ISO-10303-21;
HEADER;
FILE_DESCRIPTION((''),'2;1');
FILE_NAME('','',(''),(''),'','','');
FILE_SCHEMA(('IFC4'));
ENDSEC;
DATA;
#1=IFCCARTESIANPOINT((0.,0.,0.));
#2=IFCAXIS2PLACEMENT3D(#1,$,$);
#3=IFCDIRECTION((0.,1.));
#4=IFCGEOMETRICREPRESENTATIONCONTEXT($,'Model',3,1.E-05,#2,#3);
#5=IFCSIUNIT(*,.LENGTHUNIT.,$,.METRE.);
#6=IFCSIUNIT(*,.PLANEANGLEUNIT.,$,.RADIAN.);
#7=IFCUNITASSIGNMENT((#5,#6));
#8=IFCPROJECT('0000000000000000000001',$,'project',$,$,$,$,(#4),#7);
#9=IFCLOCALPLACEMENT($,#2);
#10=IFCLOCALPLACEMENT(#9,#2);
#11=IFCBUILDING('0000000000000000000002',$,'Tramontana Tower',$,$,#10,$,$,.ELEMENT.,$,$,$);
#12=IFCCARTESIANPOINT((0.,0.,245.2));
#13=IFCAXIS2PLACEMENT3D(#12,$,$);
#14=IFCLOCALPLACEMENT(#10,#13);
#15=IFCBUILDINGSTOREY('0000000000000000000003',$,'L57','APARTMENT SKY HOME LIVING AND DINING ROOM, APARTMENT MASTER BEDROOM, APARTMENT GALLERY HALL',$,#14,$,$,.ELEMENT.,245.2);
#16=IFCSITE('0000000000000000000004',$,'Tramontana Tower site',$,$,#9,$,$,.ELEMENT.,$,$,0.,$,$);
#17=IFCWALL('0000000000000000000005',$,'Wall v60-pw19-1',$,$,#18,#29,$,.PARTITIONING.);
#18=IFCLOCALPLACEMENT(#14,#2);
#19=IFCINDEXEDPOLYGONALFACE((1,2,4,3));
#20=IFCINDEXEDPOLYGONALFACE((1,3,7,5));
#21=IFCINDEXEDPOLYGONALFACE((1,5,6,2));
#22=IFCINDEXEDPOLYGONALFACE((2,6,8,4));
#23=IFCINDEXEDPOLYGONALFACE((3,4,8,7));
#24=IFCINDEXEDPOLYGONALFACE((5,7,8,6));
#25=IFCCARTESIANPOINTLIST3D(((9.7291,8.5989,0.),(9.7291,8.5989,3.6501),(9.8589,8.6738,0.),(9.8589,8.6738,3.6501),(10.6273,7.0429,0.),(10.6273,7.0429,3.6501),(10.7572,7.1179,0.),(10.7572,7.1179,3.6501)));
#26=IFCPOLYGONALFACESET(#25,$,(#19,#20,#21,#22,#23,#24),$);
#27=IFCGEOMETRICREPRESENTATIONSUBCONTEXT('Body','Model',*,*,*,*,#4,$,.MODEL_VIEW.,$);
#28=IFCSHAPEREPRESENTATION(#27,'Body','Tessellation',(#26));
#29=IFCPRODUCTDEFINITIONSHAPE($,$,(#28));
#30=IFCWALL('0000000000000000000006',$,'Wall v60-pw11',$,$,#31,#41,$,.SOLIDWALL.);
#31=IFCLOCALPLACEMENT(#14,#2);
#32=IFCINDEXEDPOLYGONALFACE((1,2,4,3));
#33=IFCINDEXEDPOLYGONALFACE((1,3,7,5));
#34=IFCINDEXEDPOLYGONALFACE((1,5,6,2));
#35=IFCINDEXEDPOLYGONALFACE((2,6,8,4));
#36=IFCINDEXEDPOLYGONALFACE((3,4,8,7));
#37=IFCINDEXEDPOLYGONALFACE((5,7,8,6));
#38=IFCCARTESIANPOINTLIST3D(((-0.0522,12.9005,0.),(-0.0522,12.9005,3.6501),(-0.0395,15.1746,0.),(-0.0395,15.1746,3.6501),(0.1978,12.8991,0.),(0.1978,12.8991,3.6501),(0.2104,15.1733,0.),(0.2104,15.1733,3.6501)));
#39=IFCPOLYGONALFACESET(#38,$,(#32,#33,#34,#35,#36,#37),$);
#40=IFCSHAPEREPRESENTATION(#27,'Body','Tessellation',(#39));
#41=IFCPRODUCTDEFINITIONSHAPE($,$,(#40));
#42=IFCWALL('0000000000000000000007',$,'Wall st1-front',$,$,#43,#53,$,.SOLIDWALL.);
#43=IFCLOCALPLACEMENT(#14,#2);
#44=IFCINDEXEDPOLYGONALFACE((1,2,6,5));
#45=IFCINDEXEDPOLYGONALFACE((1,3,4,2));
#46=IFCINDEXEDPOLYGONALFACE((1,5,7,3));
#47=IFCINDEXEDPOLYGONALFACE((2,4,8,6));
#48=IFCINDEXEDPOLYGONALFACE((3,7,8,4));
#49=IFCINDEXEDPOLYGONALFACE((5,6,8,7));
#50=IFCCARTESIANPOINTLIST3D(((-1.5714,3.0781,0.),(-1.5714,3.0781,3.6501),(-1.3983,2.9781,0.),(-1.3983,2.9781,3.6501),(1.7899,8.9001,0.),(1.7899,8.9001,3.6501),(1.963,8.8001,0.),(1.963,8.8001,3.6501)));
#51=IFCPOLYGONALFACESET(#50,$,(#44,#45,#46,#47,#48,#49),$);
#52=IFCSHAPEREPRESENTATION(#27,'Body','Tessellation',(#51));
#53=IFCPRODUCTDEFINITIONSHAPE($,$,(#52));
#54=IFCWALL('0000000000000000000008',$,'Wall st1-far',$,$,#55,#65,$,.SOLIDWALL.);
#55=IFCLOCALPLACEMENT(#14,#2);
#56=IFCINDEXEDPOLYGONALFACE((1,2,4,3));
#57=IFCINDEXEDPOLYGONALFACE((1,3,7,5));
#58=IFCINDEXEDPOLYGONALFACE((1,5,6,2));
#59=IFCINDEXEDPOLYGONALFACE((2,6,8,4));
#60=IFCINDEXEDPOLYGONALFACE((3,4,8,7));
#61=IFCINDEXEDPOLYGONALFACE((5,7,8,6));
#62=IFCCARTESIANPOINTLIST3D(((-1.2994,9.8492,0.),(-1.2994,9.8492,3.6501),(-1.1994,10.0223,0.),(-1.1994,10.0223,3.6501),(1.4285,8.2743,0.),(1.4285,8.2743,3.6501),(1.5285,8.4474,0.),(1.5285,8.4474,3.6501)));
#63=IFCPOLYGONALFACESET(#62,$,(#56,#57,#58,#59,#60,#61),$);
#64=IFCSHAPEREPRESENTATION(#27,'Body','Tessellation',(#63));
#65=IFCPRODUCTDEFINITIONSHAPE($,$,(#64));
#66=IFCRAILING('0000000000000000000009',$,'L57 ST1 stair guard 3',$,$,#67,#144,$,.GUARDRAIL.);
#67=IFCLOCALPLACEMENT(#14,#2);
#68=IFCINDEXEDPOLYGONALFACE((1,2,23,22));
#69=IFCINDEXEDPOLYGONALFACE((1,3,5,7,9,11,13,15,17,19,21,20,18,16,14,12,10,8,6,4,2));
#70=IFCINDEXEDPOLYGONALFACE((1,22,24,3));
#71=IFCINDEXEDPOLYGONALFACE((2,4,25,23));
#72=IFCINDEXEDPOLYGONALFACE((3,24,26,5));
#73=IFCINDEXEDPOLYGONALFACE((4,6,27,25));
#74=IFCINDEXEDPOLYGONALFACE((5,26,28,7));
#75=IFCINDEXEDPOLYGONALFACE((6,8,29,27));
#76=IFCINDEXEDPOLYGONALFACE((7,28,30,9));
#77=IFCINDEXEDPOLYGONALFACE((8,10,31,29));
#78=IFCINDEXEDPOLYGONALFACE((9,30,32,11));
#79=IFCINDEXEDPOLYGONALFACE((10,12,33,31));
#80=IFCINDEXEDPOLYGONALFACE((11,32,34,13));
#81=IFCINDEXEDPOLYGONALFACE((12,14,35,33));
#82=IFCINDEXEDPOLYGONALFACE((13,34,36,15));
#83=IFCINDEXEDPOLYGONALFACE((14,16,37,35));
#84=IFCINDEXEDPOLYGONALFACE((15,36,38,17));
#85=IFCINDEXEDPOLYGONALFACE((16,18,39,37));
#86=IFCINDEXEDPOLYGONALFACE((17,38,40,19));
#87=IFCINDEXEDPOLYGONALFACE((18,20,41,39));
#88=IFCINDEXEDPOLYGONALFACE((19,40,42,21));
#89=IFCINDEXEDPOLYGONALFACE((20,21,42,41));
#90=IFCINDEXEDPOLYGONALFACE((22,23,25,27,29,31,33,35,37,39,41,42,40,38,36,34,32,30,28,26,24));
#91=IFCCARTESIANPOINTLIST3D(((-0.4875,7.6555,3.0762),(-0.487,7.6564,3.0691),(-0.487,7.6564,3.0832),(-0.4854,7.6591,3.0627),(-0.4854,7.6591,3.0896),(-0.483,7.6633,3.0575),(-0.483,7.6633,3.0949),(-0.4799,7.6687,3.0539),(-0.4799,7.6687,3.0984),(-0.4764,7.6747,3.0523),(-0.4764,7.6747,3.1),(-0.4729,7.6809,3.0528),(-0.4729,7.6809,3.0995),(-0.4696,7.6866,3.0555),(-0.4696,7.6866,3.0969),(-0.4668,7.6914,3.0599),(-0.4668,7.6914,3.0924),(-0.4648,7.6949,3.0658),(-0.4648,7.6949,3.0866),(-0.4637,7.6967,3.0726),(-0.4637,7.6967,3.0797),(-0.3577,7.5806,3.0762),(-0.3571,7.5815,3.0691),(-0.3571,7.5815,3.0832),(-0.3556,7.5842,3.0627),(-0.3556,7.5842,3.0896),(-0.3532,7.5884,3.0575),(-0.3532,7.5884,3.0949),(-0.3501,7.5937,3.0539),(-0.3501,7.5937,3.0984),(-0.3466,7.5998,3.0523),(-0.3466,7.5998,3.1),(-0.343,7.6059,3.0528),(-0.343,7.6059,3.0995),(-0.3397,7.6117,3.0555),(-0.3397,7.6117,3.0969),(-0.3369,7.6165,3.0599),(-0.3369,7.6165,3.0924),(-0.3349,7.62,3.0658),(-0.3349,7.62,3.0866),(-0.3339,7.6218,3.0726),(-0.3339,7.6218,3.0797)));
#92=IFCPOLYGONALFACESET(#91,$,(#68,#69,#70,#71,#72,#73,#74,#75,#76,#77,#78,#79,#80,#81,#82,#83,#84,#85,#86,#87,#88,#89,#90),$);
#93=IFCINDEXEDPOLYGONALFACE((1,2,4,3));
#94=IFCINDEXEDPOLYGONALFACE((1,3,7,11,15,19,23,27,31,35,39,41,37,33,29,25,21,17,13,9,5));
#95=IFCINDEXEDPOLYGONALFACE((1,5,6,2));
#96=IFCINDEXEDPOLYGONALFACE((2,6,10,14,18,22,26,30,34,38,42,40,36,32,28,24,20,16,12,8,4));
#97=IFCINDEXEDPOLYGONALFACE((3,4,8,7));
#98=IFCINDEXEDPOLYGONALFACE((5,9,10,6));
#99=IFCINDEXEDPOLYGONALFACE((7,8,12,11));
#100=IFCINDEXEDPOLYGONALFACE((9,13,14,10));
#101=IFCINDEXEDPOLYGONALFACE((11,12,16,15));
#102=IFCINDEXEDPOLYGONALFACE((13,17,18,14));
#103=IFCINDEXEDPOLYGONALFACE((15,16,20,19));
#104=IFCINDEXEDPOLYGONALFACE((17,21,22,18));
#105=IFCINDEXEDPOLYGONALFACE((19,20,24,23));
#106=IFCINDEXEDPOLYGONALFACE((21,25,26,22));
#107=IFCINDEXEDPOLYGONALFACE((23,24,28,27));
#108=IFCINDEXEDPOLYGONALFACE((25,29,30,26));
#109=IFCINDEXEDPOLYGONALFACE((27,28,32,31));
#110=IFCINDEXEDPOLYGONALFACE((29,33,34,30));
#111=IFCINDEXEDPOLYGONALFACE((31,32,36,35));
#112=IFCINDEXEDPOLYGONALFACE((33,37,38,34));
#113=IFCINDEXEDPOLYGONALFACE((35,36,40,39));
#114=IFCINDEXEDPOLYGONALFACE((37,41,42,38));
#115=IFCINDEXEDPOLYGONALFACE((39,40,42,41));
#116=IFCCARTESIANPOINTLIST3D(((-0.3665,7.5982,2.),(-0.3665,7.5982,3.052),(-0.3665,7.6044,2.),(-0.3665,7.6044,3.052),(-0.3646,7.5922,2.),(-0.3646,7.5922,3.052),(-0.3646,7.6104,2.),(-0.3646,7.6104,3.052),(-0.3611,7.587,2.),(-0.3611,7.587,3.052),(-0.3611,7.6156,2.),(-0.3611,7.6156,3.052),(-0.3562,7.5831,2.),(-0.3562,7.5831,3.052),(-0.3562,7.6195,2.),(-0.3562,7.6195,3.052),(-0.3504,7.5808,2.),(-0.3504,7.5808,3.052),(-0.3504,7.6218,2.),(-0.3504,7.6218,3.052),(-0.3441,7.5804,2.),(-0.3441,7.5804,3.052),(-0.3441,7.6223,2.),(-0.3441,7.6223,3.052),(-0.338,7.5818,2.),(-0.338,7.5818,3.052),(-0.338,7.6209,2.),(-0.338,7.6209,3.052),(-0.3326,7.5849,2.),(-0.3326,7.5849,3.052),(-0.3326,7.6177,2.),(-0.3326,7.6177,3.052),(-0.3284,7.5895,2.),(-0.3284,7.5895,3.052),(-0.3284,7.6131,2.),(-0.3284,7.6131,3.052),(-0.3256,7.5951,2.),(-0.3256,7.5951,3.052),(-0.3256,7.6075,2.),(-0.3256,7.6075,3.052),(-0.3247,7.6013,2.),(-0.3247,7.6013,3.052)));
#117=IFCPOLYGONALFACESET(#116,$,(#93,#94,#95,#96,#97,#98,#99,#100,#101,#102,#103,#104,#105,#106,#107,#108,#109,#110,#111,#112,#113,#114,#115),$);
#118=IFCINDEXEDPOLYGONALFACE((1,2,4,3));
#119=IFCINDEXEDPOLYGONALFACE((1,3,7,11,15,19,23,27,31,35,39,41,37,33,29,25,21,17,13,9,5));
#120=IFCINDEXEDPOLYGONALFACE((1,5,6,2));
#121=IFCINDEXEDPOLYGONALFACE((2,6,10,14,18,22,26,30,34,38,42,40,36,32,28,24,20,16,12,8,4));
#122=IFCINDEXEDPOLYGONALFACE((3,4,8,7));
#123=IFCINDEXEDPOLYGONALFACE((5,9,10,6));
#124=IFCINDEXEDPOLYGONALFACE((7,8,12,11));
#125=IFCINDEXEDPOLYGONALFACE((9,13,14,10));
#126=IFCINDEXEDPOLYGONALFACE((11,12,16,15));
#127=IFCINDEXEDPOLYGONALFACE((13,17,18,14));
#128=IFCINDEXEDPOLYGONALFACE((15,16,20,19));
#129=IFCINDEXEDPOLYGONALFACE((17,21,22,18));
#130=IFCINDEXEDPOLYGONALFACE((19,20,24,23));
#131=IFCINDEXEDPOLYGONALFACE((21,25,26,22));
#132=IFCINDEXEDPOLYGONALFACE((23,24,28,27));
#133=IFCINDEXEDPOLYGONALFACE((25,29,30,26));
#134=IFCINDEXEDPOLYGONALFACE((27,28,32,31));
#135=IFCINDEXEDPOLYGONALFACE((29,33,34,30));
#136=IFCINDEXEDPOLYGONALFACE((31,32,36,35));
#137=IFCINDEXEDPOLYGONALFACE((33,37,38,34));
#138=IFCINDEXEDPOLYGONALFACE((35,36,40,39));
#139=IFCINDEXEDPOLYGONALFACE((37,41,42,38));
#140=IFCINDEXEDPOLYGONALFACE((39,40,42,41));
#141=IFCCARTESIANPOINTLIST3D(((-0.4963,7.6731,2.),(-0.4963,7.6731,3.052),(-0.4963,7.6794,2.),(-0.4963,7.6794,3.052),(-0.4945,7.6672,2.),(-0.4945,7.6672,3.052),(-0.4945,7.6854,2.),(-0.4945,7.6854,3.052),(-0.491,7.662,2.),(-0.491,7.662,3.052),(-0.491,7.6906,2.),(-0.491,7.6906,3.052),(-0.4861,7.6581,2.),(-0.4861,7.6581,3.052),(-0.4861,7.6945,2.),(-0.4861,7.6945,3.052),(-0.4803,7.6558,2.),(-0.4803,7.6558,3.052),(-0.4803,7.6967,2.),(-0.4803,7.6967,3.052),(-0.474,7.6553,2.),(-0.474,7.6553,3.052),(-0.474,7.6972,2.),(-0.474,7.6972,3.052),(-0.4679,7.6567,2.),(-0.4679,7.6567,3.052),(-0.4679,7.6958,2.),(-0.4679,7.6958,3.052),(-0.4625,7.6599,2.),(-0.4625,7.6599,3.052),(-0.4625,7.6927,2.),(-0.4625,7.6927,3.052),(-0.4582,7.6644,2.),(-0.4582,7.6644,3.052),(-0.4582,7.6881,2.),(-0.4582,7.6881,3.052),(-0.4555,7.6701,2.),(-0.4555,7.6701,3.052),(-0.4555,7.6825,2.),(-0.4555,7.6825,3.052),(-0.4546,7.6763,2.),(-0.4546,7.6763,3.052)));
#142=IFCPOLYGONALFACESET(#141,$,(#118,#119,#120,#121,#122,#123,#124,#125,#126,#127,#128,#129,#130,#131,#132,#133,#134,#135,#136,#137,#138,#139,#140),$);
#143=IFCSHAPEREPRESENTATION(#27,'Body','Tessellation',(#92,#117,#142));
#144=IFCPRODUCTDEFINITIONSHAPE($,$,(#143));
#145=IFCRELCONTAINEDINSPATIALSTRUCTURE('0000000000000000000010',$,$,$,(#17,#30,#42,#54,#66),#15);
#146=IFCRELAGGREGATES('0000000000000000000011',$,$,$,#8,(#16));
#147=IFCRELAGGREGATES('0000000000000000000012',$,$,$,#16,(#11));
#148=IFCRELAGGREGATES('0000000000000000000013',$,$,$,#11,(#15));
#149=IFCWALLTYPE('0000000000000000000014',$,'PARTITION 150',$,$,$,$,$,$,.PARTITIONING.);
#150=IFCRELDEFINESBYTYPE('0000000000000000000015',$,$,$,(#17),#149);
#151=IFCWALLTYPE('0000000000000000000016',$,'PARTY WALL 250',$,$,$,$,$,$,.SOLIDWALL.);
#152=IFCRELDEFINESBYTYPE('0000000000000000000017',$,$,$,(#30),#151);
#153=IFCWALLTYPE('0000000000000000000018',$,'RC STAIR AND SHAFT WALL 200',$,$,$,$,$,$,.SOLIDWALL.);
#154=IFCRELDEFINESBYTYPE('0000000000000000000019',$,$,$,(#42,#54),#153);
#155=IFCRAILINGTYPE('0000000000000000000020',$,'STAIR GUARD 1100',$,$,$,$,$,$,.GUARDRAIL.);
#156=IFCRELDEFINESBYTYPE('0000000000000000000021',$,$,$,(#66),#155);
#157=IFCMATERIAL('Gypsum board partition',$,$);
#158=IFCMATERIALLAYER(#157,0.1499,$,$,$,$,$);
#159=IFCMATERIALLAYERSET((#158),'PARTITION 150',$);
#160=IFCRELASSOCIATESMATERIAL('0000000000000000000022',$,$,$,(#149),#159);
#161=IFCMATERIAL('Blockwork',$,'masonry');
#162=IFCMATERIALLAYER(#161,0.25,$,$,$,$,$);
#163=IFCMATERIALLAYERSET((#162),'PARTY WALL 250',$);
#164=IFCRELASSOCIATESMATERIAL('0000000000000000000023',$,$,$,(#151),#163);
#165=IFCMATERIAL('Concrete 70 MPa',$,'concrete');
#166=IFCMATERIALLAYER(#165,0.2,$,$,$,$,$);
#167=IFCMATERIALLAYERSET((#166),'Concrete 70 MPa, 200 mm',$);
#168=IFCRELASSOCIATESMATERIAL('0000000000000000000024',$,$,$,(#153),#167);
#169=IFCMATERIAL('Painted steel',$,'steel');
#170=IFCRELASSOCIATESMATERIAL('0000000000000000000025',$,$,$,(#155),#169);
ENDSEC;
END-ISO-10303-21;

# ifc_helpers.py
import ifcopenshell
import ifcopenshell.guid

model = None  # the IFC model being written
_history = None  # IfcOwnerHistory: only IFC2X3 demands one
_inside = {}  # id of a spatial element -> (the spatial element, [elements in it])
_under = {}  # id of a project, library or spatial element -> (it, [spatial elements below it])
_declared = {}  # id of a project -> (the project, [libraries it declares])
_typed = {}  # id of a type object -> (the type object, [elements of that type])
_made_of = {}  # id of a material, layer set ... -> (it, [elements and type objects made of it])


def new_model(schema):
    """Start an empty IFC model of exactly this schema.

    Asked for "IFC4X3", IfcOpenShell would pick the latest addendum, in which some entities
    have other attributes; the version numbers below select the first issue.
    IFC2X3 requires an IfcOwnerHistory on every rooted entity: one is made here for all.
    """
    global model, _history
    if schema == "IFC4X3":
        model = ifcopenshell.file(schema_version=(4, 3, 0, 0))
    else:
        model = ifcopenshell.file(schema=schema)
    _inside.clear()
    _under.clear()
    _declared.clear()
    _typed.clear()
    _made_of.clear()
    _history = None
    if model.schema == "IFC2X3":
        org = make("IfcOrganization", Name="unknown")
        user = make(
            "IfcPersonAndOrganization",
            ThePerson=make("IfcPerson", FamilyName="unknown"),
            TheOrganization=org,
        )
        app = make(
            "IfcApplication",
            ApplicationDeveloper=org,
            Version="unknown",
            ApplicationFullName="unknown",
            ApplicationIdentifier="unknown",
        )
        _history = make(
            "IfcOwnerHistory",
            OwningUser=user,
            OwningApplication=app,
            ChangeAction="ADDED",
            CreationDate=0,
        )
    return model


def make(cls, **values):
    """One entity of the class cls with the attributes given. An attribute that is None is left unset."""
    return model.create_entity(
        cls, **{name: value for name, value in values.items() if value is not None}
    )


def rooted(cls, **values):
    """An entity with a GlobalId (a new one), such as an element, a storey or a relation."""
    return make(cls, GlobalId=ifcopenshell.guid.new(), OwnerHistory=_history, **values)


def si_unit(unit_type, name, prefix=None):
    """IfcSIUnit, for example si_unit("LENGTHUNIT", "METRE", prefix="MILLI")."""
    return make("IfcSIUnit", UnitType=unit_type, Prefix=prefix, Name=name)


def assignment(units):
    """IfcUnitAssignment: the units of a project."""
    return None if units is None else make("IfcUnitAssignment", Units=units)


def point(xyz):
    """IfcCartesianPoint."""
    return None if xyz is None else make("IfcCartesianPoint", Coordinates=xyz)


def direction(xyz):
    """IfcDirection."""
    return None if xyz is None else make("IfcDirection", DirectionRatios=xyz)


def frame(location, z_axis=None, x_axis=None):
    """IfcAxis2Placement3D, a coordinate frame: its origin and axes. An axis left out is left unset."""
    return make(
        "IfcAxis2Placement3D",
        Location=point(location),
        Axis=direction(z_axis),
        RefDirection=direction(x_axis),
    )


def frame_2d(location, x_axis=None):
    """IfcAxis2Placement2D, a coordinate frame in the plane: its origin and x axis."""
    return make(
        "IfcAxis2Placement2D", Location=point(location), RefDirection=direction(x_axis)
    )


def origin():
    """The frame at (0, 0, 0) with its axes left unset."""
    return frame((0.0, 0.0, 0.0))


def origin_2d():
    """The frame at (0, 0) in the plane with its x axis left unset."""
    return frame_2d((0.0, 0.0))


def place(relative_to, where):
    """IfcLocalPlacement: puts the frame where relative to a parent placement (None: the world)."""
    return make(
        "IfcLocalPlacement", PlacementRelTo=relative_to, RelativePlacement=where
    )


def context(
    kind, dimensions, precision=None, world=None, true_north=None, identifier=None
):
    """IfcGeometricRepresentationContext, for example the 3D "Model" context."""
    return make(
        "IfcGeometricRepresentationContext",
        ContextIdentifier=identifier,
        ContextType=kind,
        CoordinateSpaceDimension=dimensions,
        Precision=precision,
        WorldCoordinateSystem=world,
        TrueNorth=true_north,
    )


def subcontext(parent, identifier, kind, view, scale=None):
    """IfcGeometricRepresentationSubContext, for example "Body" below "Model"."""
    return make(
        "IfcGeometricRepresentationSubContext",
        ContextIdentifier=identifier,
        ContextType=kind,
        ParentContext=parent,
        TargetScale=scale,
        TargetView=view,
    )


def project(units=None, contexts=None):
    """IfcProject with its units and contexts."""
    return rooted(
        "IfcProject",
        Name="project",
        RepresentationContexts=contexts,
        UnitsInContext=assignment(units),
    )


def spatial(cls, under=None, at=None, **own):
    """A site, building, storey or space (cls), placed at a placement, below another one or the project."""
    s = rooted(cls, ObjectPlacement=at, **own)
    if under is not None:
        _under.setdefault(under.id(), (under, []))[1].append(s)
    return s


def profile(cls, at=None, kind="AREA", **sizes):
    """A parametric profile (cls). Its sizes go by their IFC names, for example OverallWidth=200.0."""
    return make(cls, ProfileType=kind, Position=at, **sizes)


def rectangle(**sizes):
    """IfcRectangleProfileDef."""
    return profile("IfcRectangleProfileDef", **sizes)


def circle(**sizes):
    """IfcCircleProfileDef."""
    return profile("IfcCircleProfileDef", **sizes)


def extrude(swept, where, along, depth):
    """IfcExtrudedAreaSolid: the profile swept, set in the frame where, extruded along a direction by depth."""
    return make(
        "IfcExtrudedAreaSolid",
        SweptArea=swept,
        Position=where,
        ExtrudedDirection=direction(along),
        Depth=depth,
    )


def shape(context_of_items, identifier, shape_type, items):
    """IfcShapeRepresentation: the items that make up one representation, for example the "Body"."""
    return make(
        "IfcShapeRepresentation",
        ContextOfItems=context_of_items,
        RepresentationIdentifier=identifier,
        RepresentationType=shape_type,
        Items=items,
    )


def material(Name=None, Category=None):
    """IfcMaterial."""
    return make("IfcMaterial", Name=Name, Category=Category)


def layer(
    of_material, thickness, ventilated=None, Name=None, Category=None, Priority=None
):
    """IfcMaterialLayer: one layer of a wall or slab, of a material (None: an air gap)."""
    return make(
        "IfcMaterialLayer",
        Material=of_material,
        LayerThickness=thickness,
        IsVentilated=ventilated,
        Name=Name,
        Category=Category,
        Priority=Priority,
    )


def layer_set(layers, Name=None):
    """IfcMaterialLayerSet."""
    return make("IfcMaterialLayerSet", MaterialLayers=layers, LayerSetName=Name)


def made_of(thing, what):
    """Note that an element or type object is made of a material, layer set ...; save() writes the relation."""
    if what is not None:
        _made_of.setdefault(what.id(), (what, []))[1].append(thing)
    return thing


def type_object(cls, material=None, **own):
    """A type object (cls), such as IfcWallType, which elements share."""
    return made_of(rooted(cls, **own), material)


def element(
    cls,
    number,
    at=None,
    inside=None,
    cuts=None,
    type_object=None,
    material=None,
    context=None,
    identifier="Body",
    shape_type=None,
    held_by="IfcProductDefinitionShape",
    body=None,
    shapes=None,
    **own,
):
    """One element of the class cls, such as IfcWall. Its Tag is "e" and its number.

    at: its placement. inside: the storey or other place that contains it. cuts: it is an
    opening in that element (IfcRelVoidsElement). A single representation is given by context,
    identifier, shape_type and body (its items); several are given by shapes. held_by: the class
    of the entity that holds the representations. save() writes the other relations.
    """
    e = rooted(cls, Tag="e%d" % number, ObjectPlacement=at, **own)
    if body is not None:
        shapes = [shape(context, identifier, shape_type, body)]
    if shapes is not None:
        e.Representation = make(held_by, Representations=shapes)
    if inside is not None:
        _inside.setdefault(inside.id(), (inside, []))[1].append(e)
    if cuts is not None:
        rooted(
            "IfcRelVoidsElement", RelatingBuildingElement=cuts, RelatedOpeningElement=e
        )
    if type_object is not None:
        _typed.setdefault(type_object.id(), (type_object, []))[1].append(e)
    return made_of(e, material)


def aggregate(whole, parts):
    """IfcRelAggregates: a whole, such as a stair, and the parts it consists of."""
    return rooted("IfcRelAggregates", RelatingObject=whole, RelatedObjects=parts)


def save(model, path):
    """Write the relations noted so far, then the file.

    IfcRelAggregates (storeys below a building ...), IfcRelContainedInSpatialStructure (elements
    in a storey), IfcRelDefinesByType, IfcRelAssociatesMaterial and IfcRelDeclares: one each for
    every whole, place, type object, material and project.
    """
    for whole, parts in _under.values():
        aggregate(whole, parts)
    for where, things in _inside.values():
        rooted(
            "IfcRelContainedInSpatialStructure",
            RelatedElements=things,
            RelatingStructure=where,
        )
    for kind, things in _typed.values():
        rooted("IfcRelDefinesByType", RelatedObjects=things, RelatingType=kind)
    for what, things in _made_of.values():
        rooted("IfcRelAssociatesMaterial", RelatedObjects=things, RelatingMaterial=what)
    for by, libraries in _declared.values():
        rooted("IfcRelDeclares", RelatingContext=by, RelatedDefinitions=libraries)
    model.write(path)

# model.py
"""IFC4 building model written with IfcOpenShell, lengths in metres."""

from ifc_helpers import new_model, si_unit, direction, frame, frame_2d, origin, origin_2d, place, context, subcontext, project, spatial, rectangle, circle, extrude, material, layer, layer_set, type_object, element, save


model = new_model("IFC4")

# Units and contexts
model_context = context("Model", 3, precision=1e-05, world=origin(), true_north=direction((0.0, 1.0)))
body_context = subcontext(model_context, "Body", "Model", "MODEL_VIEW")
ifc_project = project(units=[si_unit("LENGTHUNIT", "METRE"), si_unit("PLANEANGLEUNIT", "RADIAN")], contexts=[model_context])

# Site, building, storey
site_placement = place(None, origin())
site = spatial("IfcSite", under=ifc_project, at=site_placement, Name="Tramontana Tower site", CompositionType="ELEMENT", RefElevation=0.0)
building_placement = place(site_placement, origin())
building = spatial("IfcBuilding", under=site, at=building_placement, Name="Tramontana Tower", CompositionType="ELEMENT")
storey_placement = place(building_placement, frame((0.0, 0.0, 245.2)))
storey = spatial("IfcBuildingStorey", under=building, at=storey_placement, Name="L57", Description="APARTMENT SKY HOME LIVING AND DINING ROOM, APARTMENT MASTER BEDROOM, APARTMENT GALLERY HALL", CompositionType="ELEMENT", Elevation=245.2)

# Shared definitions
ifc_material_1 = material(Name="Gypsum board partition")
ifc_layer_1 = layer(ifc_material_1, 0.1499)
ifc_layer_set_1 = layer_set([ifc_layer_1], Name="PARTITION 150")
wall_type_1 = type_object("IfcWallType", Name="PARTITION 150", PredefinedType="PARTITIONING", material=ifc_layer_set_1)

# Wall
wall_1_placement = place(storey_placement, frame((9.7939, 8.6365, 0.0), z_axis=(0.0, 0.0, 1.0), x_axis=(0.499954, -0.866052, 0.0)))
element("IfcWall", 1, at=wall_1_placement, inside=storey, type_object=wall_type_1, Name="Wall v60-pw19-1", PredefinedType="PARTITIONING", context=body_context, shape_type="SweptSolid", body=[
    extrude(rectangle(XDim=1.7966, YDim=0.1499, at=frame_2d((0.8984, 0.0))), origin(), (0.0, 0.0, 1.0), 3.6501),
])

# Walls
ifc_material_2 = material(Name="Blockwork", Category="masonry")
ifc_layer_2 = layer(ifc_material_2, 0.25)
ifc_layer_set_2 = layer_set([ifc_layer_2], Name="PARTY WALL 250")
wall_type_2 = type_object("IfcWallType", Name="PARTY WALL 250", PredefinedType="SOLIDWALL", material=ifc_layer_set_2)
wall_2_placement = place(storey_placement, frame((0.0854, 15.1741, 0.0), z_axis=(0.0, 0.0, 1.0), x_axis=(-0.005582, -0.999984, 0.0)))
element("IfcWall", 2, at=wall_2_placement, inside=storey, type_object=wall_type_2, Name="Wall v60-pw11", PredefinedType="SOLIDWALL", context=body_context, shape_type="SweptSolid", body=[
    extrude(rectangle(XDim=2.2742, YDim=0.25, at=frame_2d((1.1372, 0.0))), origin(), (0.0, 0.0, 1.0), 3.6501),
])
ifc_material_3 = material(Name="Concrete 70 MPa", Category="concrete")
ifc_layer_3 = layer(ifc_material_3, 0.2)
ifc_layer_set_3 = layer_set([ifc_layer_3], Name="Concrete 70 MPa, 200 mm")
wall_type_3 = type_object("IfcWallType", Name="RC STAIR AND SHAFT WALL 200", PredefinedType="SOLIDWALL", material=ifc_layer_set_3)
wall_3_placement = place(storey_placement, frame((1.8765, 8.8501, 0.0), z_axis=(0.0, 0.0, 1.0), x_axis=(-0.499998, -0.866027, 0.0)))
element("IfcWall", 3, at=wall_3_placement, inside=storey, type_object=wall_type_3, Name="Wall st1-front", PredefinedType="SOLIDWALL", context=body_context, shape_type="SweptSolid", body=[
    extrude(rectangle(XDim=6.7227, YDim=0.2, at=frame_2d((3.3613, 0.0))), origin(), (0.0, 0.0, 1.0), 3.6501),
])
wall_4_placement = place(storey_placement, frame((1.4785, 8.3608, 0.0), z_axis=(0.0, 0.0, 1.0), x_axis=(-0.866036, 0.499982, 0.0)))
element("IfcWall", 4, at=wall_4_placement, inside=storey, type_object=wall_type_3, Name="Wall st1-far", PredefinedType="SOLIDWALL", context=body_context, shape_type="SweptSolid", body=[
    extrude(rectangle(XDim=3.1499, YDim=0.2, at=frame_2d((1.575, 0.0))), origin(), (0.0, 0.0, 1.0), 3.6501),
])

# Railing
ifc_material_4 = material(Name="Painted steel", Category="steel")
railing_type = type_object("IfcRailingType", Name="STAIR GUARD 1100", PredefinedType="GUARDRAIL", material=ifc_material_4)
railing_placement = place(storey_placement, frame((-0.3457, 7.6013, 2.0)))
element("IfcRailing", 5, at=railing_placement, inside=storey, type_object=railing_type, Name="L57 ST1 stair guard 3", PredefinedType="GUARDRAIL", context=body_context, shape_type="SweptSolid", body=[
    extrude(circle(Radius=0.0239, at=origin_2d()), frame((0.0, 0.0, 1.0762), z_axis=(-0.866131, 0.499816, 0.0), x_axis=(-0.499816, -0.866131, 0.0)), (0.0, 0.0, 1.0), 0.1499),
    extrude(circle(Radius=0.021, at=origin_2d()), origin(), (0.0, 0.0, 1.0), 1.052),
    extrude(circle(Radius=0.021, at=origin_2d()), frame((-0.1299, 0.075, 0.0)), (0.0, 0.0, 1.0), 1.052),
])

save(model, "model.ifc")
